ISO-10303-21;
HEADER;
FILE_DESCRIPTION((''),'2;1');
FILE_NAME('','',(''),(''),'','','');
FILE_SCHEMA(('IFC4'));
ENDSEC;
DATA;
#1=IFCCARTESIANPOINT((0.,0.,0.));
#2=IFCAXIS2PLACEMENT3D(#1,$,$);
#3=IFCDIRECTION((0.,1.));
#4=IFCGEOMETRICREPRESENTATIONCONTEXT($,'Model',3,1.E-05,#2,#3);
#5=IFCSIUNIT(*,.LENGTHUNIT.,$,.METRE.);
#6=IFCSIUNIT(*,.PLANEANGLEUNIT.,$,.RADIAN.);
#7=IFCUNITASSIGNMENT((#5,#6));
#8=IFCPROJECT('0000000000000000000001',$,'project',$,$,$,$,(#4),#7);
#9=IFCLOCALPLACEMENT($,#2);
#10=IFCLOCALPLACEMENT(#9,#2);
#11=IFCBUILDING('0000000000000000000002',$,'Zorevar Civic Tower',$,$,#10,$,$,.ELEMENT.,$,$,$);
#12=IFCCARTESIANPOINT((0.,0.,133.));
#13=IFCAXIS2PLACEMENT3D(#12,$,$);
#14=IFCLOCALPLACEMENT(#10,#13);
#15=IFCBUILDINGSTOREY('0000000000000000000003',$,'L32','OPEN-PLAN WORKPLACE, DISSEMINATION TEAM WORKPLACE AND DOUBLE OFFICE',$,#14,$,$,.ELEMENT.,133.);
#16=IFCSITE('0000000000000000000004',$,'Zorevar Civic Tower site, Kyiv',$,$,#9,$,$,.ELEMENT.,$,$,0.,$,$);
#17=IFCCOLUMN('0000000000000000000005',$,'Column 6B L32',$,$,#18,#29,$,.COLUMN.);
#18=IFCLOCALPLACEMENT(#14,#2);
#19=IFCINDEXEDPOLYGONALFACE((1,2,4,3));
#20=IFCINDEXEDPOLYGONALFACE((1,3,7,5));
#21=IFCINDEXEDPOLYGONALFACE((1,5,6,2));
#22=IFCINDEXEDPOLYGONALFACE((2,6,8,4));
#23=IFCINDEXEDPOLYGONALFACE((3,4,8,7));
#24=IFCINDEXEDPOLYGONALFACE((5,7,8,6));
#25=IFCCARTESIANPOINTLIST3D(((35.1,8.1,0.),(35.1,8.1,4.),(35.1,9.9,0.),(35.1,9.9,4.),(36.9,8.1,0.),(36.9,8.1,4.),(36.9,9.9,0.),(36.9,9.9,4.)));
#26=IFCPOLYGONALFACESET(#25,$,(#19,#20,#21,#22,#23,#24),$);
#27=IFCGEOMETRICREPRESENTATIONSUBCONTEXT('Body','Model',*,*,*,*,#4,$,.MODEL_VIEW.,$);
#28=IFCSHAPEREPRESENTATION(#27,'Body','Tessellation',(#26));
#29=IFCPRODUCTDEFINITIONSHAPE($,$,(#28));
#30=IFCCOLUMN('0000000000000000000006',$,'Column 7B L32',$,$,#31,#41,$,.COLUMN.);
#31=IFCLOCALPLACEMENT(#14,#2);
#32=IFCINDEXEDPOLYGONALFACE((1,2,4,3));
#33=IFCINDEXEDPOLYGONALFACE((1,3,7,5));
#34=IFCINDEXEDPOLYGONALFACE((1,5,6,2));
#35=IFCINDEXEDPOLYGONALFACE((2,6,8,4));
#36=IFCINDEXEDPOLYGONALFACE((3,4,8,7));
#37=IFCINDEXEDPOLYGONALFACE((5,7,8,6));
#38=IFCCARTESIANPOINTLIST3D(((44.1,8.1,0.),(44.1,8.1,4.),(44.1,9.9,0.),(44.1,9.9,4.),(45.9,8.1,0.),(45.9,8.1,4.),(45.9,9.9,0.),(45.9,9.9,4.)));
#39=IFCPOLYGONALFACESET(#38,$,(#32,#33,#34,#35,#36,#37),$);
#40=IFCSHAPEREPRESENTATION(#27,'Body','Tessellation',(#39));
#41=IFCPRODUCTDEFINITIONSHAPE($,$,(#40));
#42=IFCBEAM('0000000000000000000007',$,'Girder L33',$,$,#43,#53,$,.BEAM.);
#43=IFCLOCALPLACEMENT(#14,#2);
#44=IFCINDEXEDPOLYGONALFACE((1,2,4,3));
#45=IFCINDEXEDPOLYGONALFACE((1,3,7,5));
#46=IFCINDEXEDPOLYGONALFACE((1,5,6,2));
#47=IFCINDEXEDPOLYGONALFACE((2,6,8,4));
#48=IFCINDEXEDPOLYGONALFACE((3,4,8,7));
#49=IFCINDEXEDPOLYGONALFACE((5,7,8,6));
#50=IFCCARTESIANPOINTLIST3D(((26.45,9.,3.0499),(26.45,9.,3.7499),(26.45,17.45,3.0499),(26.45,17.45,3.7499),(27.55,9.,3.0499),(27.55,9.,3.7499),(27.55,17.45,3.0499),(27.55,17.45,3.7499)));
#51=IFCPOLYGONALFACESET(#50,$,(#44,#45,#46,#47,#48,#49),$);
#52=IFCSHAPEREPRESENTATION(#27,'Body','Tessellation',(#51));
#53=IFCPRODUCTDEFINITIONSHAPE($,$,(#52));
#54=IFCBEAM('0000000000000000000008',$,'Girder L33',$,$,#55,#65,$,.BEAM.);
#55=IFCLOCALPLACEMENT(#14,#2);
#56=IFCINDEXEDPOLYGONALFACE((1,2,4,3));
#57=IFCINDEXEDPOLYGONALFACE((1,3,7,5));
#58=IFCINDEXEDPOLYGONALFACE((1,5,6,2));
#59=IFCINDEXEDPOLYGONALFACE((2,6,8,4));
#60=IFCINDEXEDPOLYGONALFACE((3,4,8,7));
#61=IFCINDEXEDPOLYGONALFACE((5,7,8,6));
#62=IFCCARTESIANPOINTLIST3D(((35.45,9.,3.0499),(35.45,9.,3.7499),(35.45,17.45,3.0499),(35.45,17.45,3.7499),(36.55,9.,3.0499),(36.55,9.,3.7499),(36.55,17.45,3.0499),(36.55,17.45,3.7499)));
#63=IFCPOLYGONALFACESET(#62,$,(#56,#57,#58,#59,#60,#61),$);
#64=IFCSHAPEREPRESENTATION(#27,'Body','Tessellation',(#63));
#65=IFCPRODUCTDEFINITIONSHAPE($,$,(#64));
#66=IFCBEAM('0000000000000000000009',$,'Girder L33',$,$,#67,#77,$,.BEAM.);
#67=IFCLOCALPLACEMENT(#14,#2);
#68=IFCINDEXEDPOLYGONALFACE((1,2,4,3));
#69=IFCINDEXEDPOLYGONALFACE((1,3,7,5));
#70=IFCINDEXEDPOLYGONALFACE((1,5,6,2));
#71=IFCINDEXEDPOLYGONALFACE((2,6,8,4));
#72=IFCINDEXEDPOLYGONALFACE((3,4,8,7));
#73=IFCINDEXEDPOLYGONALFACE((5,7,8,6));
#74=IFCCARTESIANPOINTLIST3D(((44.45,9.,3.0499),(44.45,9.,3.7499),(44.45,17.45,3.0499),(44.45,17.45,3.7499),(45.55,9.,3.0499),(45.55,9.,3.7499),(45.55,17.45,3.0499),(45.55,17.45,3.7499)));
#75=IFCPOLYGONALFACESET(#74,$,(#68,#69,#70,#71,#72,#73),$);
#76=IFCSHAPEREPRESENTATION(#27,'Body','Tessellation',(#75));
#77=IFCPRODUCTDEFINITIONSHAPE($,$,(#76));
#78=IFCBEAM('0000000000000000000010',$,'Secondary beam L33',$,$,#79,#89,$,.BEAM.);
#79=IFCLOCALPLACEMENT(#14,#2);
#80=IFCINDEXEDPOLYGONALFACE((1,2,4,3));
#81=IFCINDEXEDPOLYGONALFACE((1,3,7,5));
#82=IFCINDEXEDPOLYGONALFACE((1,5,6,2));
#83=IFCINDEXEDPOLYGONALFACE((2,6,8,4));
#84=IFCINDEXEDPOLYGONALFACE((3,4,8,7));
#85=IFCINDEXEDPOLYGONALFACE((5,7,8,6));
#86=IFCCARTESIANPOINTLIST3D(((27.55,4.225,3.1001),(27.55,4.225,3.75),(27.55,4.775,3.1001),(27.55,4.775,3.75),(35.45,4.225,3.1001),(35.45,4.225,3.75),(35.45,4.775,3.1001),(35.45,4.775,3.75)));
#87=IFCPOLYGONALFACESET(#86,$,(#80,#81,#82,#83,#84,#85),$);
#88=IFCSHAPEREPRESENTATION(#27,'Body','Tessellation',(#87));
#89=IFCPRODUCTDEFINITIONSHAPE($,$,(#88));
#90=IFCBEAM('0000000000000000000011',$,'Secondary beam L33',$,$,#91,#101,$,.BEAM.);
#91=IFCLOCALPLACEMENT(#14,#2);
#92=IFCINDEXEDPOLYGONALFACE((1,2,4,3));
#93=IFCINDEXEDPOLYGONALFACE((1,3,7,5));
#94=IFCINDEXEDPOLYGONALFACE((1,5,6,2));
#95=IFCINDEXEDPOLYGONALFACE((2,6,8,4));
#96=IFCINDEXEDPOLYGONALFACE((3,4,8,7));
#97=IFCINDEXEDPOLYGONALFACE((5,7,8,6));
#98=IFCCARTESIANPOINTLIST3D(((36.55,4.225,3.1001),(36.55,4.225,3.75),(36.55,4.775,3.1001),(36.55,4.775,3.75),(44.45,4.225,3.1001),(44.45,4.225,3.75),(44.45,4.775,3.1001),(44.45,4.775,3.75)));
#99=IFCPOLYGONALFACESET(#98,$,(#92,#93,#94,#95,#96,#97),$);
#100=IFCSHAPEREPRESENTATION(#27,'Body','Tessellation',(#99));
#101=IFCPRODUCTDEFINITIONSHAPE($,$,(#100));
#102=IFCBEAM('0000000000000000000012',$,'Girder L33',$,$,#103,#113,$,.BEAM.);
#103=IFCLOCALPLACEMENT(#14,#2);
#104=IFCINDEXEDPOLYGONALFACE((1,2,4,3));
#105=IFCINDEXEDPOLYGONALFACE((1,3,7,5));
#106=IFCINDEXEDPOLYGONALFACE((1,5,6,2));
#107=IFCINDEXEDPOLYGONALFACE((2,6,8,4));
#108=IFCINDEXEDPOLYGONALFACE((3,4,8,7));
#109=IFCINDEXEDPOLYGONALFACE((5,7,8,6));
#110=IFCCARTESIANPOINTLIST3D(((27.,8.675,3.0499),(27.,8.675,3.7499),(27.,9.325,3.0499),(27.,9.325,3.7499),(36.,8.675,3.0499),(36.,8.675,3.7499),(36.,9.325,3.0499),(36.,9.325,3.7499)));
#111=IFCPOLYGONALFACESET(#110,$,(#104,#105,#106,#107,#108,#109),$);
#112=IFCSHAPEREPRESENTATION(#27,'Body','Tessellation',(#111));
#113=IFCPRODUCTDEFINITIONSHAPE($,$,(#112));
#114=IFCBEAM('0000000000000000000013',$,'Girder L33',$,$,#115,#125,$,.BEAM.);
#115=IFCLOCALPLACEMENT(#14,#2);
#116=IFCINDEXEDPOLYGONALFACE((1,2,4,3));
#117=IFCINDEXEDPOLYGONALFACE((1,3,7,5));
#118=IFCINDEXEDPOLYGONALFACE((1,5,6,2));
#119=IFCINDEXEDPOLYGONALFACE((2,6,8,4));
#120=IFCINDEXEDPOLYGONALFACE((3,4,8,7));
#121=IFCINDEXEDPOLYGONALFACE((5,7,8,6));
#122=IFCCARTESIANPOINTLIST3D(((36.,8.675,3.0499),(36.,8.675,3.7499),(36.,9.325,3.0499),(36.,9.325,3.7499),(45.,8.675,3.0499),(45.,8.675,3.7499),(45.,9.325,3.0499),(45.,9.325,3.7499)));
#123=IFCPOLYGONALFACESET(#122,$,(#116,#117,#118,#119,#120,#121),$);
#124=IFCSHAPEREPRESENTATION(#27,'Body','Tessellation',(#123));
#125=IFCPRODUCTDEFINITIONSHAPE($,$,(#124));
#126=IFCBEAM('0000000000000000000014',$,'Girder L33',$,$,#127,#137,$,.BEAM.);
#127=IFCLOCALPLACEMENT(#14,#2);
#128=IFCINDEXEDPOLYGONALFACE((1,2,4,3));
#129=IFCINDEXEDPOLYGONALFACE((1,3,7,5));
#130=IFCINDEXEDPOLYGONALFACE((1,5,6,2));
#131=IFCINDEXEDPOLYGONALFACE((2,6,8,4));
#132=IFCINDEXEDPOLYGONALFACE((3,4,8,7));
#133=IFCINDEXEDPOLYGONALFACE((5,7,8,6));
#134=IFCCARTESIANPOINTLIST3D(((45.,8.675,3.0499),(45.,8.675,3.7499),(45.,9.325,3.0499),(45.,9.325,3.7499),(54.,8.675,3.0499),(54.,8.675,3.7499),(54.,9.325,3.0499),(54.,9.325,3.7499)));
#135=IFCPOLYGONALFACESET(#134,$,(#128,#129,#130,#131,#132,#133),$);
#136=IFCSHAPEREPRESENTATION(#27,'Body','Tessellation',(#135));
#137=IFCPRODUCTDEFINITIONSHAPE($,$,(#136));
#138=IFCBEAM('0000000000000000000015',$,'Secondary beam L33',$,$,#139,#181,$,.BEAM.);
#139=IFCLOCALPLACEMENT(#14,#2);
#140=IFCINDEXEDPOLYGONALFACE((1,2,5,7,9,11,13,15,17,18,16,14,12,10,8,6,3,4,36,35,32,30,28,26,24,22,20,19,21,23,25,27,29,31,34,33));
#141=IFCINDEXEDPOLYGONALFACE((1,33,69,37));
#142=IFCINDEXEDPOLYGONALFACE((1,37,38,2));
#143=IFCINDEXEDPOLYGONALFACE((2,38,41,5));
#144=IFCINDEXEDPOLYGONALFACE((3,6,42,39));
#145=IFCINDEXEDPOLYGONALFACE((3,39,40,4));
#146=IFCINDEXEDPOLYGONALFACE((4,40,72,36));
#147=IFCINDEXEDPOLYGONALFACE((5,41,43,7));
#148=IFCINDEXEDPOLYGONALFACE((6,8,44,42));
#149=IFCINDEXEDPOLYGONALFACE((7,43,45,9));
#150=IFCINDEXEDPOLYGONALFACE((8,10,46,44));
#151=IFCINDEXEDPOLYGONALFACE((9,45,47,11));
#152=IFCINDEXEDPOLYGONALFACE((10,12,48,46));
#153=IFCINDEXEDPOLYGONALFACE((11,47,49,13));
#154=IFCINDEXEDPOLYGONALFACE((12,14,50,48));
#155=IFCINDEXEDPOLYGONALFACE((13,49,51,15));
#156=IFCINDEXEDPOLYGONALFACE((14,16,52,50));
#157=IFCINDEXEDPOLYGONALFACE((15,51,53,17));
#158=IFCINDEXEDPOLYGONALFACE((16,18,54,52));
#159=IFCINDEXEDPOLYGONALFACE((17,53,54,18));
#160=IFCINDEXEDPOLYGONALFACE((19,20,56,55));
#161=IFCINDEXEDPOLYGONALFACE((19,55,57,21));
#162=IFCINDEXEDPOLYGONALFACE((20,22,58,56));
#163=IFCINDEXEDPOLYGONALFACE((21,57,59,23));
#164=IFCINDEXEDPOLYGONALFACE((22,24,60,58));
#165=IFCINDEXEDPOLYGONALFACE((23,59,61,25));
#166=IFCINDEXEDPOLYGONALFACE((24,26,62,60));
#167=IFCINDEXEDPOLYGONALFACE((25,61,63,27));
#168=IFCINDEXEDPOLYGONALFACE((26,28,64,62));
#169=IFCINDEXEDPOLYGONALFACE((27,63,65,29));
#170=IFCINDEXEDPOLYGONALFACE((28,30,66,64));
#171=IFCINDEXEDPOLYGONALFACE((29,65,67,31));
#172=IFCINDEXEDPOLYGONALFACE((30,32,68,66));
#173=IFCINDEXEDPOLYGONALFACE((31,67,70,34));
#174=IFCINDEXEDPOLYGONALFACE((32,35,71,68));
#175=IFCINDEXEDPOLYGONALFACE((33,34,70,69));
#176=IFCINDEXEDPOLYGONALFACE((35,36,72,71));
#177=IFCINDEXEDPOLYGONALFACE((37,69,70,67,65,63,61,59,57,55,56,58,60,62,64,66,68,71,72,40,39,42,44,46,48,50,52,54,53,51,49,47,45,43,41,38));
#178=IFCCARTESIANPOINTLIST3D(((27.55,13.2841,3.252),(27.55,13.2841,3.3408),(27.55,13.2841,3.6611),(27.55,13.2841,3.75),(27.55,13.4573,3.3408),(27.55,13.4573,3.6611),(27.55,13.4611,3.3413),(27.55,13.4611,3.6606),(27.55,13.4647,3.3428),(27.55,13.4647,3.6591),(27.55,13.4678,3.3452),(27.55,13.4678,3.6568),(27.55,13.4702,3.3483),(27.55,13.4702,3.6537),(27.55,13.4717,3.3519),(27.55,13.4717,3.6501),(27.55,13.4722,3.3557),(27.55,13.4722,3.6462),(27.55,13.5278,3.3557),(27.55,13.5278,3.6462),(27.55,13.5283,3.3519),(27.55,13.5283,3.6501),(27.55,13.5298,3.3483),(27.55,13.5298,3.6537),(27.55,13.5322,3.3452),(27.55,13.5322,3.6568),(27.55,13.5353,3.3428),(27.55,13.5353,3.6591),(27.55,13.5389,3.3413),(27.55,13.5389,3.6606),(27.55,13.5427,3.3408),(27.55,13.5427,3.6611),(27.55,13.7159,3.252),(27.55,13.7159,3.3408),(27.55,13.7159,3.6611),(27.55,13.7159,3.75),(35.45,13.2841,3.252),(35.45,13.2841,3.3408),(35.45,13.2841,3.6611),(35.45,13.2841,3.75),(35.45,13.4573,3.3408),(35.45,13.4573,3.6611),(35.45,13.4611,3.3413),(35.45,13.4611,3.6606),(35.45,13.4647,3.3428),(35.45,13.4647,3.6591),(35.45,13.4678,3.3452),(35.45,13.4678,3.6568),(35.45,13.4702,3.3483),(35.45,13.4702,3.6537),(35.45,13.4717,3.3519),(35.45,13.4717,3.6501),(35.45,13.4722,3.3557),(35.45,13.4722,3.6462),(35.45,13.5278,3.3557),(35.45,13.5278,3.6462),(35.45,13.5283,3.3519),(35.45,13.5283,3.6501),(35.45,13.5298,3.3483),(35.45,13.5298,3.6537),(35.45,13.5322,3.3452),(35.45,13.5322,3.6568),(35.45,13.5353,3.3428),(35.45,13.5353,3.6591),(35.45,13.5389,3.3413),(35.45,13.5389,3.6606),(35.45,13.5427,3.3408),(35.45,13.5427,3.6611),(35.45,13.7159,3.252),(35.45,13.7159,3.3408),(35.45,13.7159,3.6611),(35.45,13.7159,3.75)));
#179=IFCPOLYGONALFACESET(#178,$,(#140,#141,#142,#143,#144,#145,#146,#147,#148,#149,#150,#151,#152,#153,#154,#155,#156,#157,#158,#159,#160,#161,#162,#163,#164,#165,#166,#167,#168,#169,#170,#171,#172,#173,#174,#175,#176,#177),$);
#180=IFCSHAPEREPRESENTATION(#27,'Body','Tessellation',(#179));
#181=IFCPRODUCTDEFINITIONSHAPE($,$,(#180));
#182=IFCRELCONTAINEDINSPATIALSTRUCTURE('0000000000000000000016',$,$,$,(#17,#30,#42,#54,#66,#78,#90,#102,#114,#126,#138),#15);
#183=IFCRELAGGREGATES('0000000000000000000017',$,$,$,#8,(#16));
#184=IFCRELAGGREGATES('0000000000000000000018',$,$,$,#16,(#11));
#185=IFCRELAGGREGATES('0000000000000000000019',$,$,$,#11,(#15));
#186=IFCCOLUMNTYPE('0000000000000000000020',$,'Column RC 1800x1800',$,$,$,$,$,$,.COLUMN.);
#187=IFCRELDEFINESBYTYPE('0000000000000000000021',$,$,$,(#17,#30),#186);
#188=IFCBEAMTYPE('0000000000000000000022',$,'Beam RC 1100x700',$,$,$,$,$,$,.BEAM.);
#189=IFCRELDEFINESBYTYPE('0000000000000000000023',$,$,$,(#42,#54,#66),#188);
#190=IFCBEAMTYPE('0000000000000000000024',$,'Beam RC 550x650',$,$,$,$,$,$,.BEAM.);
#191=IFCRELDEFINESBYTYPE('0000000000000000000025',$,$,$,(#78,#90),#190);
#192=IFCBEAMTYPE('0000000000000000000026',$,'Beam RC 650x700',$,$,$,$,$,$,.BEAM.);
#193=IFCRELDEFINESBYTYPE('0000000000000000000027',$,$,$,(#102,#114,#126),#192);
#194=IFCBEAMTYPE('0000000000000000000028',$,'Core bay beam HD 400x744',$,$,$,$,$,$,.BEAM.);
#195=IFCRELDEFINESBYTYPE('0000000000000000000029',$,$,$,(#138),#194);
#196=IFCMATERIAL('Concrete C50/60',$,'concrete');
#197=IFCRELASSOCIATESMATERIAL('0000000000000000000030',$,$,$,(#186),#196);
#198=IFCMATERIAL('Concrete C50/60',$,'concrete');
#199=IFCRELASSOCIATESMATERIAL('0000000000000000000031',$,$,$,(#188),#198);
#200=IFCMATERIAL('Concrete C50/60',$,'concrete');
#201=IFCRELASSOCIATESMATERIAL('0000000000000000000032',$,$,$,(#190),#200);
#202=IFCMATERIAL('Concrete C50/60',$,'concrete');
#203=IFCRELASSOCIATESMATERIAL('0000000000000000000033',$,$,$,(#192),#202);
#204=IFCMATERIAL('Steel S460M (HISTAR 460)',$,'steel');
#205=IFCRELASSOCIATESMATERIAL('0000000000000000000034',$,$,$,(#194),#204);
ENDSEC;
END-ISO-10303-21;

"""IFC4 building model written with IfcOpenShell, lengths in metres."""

from ifc_helpers import new_model, si_unit, direction, frame, origin, origin_2d, place, context, subcontext, project, spatial, rectangle, i_section, extrude, material, material_profile, profile_set, type_object, element, save


model = new_model("IFC4")

# Units and contexts
model_context = context("Model", 3, precision=1e-05, world=origin(), true_north=direction((0.0, 1.0)))
body_context = subcontext(model_context, "Body", "Model", "MODEL_VIEW")
ifc_project = project(units=[si_unit("LENGTHUNIT", "METRE"), si_unit("PLANEANGLEUNIT", "RADIAN")], contexts=[model_context])

# Site, building, storey
site_placement = place(None, origin())
site = spatial("IfcSite", under=ifc_project, at=site_placement, Name="Zorevar Civic Tower site, Kyiv", CompositionType="ELEMENT", RefElevation=0.0)
building_placement = place(site_placement, origin())
building = spatial("IfcBuilding", under=site, at=building_placement, Name="Zorevar Civic Tower", CompositionType="ELEMENT")
storey_placement = place(building_placement, frame((0.0, 0.0, 133.0)))
storey = spatial("IfcBuildingStorey", under=building, at=storey_placement, Name="L32", Description="OPEN-PLAN WORKPLACE, DISSEMINATION TEAM WORKPLACE AND DOUBLE OFFICE", CompositionType="ELEMENT", Elevation=133.0)

# Columns
ifc_material_1 = material(Name="Concrete C50/60", Category="concrete")
ifc_material_profile_1 = material_profile(ifc_material_1, rectangle(XDim=1.8, YDim=1.8, at=origin_2d()), Name="RC 1800x1800")
ifc_profile_set_1 = profile_set([ifc_material_profile_1], Name="Concrete C50/60")
column_type = type_object("IfcColumnType", Name="Column RC 1800x1800", PredefinedType="COLUMN", material=ifc_profile_set_1)
for number, where, z_axis, x_axis, name in (
    (1, (36.0, 9.0, 0.0), (0.0, 0.0, 1.0), (1.0, 0.0, 0.0), "Column 6B L32"),
    (2, (45.0, 9.0, 0.0), (0.0, 0.0, 1.0), (1.0, 0.0, 0.0), "Column 7B L32"),
):
    element("IfcColumn", number, at=place(storey_placement, frame(where, z_axis=z_axis, x_axis=x_axis)), inside=storey, type_object=column_type, Name=name, PredefinedType="COLUMN", context=body_context, shape_type="SweptSolid", body=[
        extrude(rectangle(XDim=1.8, YDim=1.8, at=origin_2d()), origin(), (0.0, 0.0, 1.0), 4.0),
    ])

# Beams
ifc_material_2 = material(Name="Concrete C50/60", Category="concrete")
ifc_material_profile_2 = material_profile(ifc_material_2, rectangle(XDim=1.1001, YDim=0.7, at=origin_2d()), Name="RC 1100x700")
ifc_profile_set_2 = profile_set([ifc_material_profile_2], Name="Concrete C50/60")
beam_type_1 = type_object("IfcBeamType", Name="Beam RC 1100x700", PredefinedType="BEAM", material=ifc_profile_set_2)
for number, where, z_axis, x_axis, name in (
    (3, (27.0, 9.0, 3.3999), (0.0, 1.0, 0.0), (-1.0, 0.0, 0.0), "Girder L33"),
    (4, (36.0, 9.0, 3.3999), (0.0, 1.0, 0.0), (-1.0, 0.0, 0.0), "Girder L33"),
    (5, (45.0, 9.0, 3.3999), (0.0, 1.0, 0.0), (-1.0, 0.0, 0.0), "Girder L33"),
):
    element("IfcBeam", number, at=place(storey_placement, frame(where, z_axis=z_axis, x_axis=x_axis)), inside=storey, type_object=beam_type_1, Name=name, PredefinedType="BEAM", context=body_context, shape_type="SweptSolid", body=[
        extrude(rectangle(XDim=1.1001, YDim=0.7, at=origin_2d()), origin(), (0.0, 0.0, 1.0), 8.45),
    ])
ifc_material_3 = material(Name="Concrete C50/60", Category="concrete")
ifc_material_profile_3 = material_profile(ifc_material_3, rectangle(XDim=0.55, YDim=0.6499, at=origin_2d()), Name="RC 550x650")
ifc_profile_set_3 = profile_set([ifc_material_profile_3], Name="Concrete C50/60")
beam_type_2 = type_object("IfcBeamType", Name="Beam RC 550x650", PredefinedType="BEAM", material=ifc_profile_set_3)
for number, where, z_axis, x_axis, name in (
    (6, (27.55, 4.5, 3.425), (1.0, 0.0, 0.0), (0.0, 1.0, 0.0), "Secondary beam L33"),
    (7, (36.55, 4.5, 3.425), (1.0, 0.0, 0.0), (0.0, 1.0, 0.0), "Secondary beam L33"),
):
    element("IfcBeam", number, at=place(storey_placement, frame(where, z_axis=z_axis, x_axis=x_axis)), inside=storey, type_object=beam_type_2, Name=name, PredefinedType="BEAM", context=body_context, shape_type="SweptSolid", body=[
        extrude(rectangle(XDim=0.55, YDim=0.6499, at=origin_2d()), origin(), (0.0, 0.0, 1.0), 7.8999),
    ])
ifc_material_4 = material(Name="Concrete C50/60", Category="concrete")
ifc_material_profile_4 = material_profile(ifc_material_4, rectangle(XDim=0.6499, YDim=0.7, at=origin_2d()), Name="RC 650x700")
ifc_profile_set_4 = profile_set([ifc_material_profile_4], Name="Concrete C50/60")
beam_type_3 = type_object("IfcBeamType", Name="Beam RC 650x700", PredefinedType="BEAM", material=ifc_profile_set_4)
for number, where, z_axis, x_axis, name in (
    (8, (27.0, 9.0, 3.3999), (1.0, 0.0, 0.0), (0.0, 1.0, 0.0), "Girder L33"),
    (9, (36.0, 9.0, 3.3999), (1.0, 0.0, 0.0), (0.0, 1.0, 0.0), "Girder L33"),
    (10, (45.0, 9.0, 3.3999), (1.0, 0.0, 0.0), (0.0, 1.0, 0.0), "Girder L33"),
):
    element("IfcBeam", number, at=place(storey_placement, frame(where, z_axis=z_axis, x_axis=x_axis)), inside=storey, type_object=beam_type_3, Name=name, PredefinedType="BEAM", context=body_context, shape_type="SweptSolid", body=[
        extrude(rectangle(XDim=0.6499, YDim=0.7, at=origin_2d()), origin(), (0.0, 0.0, 1.0), 9.0),
    ])
ifc_material_5 = material(Name="Steel S460M (HISTAR 460)", Category="steel")
ifc_material_profile_5 = material_profile(ifc_material_5, i_section(OverallWidth=0.4319, OverallDepth=0.498, WebThickness=0.0557, FlangeThickness=0.0889, FilletRadius=0.0149, at=origin_2d()), Name="HD 400x744")
ifc_profile_set_5 = profile_set([ifc_material_profile_5], Name="Steel S460M (HISTAR 460)")
beam_type_4 = type_object("IfcBeamType", Name="Core bay beam HD 400x744", PredefinedType="BEAM", material=ifc_profile_set_5)
for number, where, z_axis, x_axis, name in (
    (11, (27.55, 13.5, 3.501), (1.0, 0.0, 0.0), (0.0, 1.0, 0.0), "Secondary beam L33"),
):
    element("IfcBeam", number, at=place(storey_placement, frame(where, z_axis=z_axis, x_axis=x_axis)), inside=storey, type_object=beam_type_4, Name=name, PredefinedType="BEAM", context=body_context, shape_type="SweptSolid", body=[
        extrude(i_section(OverallWidth=0.4319, OverallDepth=0.498, WebThickness=0.0557, FlangeThickness=0.0889, FilletRadius=0.0149, at=origin_2d()), origin(), (0.0, 0.0, 1.0), 7.8999),
    ])

save(model, "model.ifc")
